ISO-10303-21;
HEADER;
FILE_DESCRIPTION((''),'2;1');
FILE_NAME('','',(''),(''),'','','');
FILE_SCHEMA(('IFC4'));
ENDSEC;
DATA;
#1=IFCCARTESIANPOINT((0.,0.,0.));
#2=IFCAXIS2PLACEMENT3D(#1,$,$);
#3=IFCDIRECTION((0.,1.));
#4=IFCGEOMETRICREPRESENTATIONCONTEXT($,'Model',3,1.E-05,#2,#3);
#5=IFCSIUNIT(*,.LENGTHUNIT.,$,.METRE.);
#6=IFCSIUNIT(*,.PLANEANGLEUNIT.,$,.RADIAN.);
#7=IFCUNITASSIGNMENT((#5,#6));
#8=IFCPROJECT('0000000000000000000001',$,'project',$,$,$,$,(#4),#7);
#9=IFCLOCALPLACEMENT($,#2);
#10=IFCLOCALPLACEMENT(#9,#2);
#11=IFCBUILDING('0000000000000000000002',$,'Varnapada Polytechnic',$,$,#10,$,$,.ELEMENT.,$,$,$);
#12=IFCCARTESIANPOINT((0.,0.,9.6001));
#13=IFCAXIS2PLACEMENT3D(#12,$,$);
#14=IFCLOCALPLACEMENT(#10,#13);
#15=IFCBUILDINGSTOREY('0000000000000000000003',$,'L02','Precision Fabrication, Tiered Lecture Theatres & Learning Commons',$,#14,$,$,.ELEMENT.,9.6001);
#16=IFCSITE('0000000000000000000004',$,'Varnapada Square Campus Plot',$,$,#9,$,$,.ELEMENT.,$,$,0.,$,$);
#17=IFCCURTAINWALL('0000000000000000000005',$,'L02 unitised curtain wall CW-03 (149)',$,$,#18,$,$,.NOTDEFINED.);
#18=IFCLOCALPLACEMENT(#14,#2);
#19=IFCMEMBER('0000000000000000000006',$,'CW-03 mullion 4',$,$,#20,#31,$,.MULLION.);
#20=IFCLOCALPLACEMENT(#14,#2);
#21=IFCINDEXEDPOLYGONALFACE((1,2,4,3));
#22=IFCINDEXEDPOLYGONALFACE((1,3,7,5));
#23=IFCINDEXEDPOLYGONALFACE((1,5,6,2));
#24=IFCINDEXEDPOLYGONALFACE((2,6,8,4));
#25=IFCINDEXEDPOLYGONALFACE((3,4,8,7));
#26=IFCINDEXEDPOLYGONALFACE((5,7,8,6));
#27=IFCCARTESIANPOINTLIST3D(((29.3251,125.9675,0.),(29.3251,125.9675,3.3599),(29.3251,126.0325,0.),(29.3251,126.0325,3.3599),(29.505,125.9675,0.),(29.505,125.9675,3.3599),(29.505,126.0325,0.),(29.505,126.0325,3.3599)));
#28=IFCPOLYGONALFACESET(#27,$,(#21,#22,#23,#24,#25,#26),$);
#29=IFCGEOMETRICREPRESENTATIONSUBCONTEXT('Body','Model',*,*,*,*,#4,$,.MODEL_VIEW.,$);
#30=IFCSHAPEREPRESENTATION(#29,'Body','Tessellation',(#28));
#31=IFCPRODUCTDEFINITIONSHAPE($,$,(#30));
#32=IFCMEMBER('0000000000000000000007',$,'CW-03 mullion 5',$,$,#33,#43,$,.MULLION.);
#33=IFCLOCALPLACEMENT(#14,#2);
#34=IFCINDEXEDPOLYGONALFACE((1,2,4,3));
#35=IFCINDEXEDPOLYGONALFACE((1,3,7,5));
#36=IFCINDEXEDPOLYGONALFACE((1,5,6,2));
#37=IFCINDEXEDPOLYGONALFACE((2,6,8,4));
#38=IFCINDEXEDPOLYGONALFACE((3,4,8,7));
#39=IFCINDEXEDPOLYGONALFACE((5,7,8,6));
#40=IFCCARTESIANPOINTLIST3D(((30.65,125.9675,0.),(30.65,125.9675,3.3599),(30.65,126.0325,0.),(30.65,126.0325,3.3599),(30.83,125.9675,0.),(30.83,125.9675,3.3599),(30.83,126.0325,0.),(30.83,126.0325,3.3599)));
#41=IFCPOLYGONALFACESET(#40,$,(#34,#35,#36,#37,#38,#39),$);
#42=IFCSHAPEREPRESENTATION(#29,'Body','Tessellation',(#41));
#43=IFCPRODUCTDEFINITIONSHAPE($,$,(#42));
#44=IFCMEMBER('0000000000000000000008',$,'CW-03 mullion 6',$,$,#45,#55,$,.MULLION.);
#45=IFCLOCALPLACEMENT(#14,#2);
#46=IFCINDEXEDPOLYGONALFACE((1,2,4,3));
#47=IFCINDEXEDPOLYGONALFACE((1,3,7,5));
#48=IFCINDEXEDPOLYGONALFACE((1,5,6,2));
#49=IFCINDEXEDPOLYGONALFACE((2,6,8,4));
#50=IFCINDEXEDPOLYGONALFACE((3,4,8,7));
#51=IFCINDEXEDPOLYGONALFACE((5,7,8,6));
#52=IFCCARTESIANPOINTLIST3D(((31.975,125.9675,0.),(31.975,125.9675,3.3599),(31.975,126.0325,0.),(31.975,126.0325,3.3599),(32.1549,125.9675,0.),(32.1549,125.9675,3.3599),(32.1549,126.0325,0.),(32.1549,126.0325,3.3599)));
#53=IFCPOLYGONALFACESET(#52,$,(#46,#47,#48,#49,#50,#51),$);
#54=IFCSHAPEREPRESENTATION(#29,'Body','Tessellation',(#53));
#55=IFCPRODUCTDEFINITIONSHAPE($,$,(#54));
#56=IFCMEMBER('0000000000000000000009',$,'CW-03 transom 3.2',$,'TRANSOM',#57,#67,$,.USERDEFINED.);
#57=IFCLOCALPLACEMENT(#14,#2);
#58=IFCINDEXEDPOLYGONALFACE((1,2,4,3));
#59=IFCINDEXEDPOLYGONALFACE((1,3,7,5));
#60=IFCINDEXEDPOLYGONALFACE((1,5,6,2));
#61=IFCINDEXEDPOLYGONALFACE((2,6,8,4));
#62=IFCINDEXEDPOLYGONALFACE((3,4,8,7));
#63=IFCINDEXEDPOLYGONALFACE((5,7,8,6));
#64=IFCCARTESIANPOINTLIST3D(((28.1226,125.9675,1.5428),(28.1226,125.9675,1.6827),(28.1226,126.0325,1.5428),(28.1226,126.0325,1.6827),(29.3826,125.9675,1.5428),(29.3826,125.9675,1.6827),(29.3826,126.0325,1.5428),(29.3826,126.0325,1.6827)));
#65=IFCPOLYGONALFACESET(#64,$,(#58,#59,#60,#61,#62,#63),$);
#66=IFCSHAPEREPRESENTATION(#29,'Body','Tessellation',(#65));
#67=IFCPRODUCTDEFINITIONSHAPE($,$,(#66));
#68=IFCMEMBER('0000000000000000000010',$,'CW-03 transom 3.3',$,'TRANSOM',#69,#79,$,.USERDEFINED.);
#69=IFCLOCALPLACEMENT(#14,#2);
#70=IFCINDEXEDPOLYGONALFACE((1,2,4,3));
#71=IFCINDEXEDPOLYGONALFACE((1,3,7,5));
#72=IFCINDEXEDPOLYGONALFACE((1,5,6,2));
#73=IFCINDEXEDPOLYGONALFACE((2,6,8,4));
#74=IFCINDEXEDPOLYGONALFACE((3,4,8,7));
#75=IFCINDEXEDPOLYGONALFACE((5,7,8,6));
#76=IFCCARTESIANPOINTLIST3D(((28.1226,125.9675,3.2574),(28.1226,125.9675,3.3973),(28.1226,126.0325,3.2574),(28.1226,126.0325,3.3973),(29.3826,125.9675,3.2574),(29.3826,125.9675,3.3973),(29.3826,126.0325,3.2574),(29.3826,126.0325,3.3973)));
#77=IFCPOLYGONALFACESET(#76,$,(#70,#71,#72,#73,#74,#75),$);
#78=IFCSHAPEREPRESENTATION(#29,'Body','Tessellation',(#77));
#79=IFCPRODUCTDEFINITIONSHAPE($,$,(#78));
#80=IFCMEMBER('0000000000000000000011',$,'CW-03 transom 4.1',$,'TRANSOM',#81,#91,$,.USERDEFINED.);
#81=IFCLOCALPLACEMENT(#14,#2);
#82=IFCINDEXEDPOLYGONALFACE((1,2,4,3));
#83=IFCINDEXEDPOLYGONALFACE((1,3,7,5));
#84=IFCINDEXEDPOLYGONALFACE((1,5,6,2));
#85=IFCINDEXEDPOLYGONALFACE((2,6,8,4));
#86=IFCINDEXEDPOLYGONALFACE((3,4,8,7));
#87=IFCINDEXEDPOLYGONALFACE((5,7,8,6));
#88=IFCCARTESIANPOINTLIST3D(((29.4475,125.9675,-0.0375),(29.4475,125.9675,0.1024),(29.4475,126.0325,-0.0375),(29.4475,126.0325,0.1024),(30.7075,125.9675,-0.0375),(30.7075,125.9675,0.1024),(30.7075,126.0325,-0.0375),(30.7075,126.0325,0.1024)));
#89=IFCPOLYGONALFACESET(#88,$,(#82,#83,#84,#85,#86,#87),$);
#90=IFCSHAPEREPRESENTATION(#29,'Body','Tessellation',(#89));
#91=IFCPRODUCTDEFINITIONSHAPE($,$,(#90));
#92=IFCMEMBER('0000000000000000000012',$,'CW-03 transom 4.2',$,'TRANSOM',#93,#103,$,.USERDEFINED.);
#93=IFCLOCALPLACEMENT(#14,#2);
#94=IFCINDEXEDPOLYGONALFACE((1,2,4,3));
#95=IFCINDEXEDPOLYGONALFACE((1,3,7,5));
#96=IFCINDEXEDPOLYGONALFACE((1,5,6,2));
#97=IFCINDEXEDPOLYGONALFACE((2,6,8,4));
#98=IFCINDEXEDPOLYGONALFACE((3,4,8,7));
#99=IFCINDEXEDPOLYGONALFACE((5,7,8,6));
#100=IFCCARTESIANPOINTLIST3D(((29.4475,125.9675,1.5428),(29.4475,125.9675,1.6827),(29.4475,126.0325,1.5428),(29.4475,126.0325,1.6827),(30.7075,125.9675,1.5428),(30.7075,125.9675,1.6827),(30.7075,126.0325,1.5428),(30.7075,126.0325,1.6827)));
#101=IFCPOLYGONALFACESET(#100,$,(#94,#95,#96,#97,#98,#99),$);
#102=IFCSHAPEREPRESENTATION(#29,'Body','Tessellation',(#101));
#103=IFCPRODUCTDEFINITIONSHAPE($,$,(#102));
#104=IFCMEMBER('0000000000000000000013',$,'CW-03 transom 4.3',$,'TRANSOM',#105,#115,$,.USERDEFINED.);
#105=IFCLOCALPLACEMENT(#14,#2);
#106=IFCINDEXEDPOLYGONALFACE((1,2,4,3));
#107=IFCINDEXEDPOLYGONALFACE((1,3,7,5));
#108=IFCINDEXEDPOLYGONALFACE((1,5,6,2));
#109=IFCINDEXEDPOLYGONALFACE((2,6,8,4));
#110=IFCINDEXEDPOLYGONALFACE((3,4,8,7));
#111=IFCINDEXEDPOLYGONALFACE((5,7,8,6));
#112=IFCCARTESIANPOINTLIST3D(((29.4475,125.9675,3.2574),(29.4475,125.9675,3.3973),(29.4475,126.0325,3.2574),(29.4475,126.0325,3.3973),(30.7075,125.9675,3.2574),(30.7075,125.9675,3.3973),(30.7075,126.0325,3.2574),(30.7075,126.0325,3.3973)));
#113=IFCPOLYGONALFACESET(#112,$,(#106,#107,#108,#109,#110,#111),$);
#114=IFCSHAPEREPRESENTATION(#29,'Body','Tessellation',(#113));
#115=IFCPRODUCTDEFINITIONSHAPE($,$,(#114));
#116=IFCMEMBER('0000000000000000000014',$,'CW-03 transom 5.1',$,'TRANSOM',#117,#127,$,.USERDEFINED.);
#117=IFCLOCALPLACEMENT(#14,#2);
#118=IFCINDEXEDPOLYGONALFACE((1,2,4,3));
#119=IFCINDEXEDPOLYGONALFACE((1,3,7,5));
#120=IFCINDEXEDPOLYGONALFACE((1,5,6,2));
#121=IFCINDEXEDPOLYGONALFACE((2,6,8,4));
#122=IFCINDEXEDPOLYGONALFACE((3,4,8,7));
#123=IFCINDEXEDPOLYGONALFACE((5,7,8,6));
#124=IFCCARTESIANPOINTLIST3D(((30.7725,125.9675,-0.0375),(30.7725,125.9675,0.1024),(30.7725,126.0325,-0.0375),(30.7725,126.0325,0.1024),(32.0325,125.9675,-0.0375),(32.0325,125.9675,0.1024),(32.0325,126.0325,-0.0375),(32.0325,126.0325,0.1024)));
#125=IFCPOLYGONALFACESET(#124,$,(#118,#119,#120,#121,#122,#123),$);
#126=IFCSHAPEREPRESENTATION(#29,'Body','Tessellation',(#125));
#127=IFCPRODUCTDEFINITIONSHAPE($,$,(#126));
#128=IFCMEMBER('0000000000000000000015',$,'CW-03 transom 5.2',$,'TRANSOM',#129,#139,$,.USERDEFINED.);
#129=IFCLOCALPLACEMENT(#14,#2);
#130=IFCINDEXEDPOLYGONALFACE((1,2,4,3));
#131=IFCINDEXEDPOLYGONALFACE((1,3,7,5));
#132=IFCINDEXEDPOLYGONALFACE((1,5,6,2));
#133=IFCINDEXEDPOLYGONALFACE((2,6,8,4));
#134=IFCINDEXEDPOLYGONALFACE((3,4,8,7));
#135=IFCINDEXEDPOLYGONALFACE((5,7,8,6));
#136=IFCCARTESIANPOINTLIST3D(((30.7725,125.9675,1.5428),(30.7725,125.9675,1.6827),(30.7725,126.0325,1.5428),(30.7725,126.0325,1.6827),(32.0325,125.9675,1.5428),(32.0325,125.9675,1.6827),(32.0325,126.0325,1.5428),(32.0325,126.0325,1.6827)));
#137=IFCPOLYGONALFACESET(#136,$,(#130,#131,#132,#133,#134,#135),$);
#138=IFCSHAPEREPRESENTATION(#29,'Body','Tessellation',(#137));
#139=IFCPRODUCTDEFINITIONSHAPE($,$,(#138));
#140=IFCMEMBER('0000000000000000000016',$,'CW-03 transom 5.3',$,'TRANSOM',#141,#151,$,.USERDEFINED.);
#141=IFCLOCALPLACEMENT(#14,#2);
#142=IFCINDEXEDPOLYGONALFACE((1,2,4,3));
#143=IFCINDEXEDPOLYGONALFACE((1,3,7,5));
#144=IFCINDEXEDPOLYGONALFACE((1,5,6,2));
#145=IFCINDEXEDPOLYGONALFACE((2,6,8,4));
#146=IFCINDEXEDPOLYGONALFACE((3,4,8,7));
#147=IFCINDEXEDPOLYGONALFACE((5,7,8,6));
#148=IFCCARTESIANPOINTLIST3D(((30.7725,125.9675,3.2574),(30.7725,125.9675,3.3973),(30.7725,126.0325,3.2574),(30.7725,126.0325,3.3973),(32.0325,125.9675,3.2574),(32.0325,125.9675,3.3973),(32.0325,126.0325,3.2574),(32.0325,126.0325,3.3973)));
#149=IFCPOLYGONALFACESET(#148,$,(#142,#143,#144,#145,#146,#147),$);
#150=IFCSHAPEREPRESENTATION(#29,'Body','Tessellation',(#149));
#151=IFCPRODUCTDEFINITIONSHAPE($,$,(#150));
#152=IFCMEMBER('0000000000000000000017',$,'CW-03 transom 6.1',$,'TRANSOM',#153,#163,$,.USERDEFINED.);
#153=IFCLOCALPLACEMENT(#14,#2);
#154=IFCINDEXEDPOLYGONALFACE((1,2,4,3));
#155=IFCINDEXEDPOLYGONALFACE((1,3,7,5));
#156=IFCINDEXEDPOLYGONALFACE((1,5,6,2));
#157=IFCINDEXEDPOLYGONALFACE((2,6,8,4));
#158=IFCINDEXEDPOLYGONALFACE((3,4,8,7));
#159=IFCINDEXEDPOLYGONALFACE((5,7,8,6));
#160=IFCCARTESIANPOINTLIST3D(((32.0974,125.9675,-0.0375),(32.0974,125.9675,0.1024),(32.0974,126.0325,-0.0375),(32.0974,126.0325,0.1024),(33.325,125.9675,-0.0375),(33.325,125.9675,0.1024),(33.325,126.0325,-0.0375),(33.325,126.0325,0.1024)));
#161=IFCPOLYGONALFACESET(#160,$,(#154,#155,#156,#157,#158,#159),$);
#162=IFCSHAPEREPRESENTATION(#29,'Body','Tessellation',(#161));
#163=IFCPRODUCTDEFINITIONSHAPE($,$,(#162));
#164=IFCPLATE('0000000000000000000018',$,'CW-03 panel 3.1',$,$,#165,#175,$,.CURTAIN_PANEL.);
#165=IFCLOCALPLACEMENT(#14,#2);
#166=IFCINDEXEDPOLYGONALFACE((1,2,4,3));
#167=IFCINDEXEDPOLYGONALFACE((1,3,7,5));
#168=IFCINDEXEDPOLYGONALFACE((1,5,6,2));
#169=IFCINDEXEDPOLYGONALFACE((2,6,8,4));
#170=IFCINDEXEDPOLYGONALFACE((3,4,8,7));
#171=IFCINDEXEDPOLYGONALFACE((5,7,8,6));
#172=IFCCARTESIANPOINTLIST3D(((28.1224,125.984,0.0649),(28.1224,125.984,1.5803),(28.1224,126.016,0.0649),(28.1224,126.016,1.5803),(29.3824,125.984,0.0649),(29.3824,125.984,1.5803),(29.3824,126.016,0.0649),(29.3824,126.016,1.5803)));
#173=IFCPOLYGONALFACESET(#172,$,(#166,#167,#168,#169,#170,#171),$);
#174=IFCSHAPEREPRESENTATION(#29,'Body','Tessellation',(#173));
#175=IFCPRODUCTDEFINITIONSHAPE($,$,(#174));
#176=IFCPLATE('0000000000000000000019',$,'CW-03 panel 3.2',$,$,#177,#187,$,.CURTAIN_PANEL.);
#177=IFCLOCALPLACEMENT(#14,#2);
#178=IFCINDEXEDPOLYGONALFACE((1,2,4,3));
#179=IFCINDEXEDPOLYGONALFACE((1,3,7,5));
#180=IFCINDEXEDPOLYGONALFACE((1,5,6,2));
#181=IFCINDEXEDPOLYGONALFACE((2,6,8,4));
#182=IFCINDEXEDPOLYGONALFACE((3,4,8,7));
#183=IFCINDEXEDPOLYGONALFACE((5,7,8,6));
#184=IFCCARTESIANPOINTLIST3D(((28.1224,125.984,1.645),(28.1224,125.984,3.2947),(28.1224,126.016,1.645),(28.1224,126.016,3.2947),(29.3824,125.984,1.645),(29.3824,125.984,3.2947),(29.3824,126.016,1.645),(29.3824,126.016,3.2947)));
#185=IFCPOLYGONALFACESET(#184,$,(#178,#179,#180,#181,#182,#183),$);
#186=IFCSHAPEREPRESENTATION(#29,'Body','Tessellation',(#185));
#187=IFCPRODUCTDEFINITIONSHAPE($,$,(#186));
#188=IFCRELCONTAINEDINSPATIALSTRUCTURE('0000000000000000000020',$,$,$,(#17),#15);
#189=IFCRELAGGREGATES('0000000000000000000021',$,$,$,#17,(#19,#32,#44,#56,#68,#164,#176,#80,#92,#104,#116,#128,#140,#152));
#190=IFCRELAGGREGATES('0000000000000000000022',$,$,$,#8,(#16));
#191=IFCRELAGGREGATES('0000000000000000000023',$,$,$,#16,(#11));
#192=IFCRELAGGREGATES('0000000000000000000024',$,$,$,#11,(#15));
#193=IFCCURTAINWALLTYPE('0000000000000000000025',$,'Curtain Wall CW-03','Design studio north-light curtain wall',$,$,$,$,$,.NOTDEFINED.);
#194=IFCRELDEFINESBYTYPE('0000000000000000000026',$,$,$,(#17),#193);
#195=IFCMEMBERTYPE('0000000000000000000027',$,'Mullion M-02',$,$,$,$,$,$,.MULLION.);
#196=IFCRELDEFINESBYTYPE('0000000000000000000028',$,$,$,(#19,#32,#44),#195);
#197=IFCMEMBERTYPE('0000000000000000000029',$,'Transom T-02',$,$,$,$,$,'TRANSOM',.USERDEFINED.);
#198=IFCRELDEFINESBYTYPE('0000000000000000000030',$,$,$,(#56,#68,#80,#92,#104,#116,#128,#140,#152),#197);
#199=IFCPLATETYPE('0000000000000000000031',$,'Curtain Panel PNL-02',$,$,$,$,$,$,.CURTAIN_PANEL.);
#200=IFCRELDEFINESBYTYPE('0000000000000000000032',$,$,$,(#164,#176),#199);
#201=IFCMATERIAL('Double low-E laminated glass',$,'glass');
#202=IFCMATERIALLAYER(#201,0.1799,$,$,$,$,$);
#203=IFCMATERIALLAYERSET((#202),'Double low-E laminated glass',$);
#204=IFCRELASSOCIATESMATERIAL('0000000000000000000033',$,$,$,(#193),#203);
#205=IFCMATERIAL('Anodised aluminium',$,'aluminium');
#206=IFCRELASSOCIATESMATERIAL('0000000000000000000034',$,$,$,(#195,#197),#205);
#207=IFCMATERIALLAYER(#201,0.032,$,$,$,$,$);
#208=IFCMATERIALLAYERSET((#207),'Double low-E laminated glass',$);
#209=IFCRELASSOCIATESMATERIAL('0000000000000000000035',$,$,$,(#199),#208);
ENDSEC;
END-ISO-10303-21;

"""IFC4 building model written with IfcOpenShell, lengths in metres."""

from ifc_helpers import new_model, si_unit, direction, frame, origin, origin_2d, place, context, subcontext, project, spatial, rectangle, extrude, material, layer, layer_set, material_profile, profile_set, type_object, element, aggregate, save


model = new_model("IFC4")

# Units and contexts
model_context = context("Model", 3, precision=1e-05, world=origin(), true_north=direction((0.0, 1.0)))
body_context = subcontext(model_context, "Body", "Model", "MODEL_VIEW")
ifc_project = project(units=[si_unit("LENGTHUNIT", "METRE"), si_unit("PLANEANGLEUNIT", "RADIAN")], contexts=[model_context])

# Site, building, storey
site_placement = place(None, origin())
site = spatial("IfcSite", under=ifc_project, at=site_placement, Name="Varnapada Square Campus Plot", CompositionType="ELEMENT", RefElevation=0.0)
building_placement = place(site_placement, origin())
building = spatial("IfcBuilding", under=site, at=building_placement, Name="Varnapada Polytechnic", CompositionType="ELEMENT")
storey_placement = place(building_placement, frame((0.0, 0.0, 9.6001)))
storey = spatial("IfcBuildingStorey", under=building, at=storey_placement, Name="L02", Description="Precision Fabrication, Tiered Lecture Theatres & Learning Commons", CompositionType="ELEMENT", Elevation=9.6001)

# Curtain wall, members, plates
ifc_material_1 = material(Name="Double low-E laminated glass", Category="glass")
ifc_layer_1 = layer(ifc_material_1, 0.1799)
ifc_layer_set_1 = layer_set([ifc_layer_1], Name="Double low-E laminated glass")
curtain_wall_type = type_object("IfcCurtainWallType", Name="Curtain Wall CW-03", Description="Design studio north-light curtain wall", PredefinedType="NOTDEFINED", material=ifc_layer_set_1)
curtain_wall_placement = place(storey_placement, origin())
curtain_wall = element("IfcCurtainWall", 1, at=curtain_wall_placement, inside=storey, type_object=curtain_wall_type, Name="L02 unitised curtain wall CW-03 (149)", PredefinedType="NOTDEFINED")
ifc_material_2 = material(Name="Anodised aluminium", Category="aluminium")
ifc_material_profile_1 = material_profile(ifc_material_2, rectangle(XDim=0.0649, YDim=0.1799, at=origin_2d()), Name="ALU M65x180")
ifc_profile_set_1 = profile_set([ifc_material_profile_1], Name="Anodised aluminium")
member_type_1 = type_object("IfcMemberType", Name="Mullion M-02", PredefinedType="MULLION", material=ifc_profile_set_1)
member_1_placement = place(storey_placement, frame((29.415, 126.0, 0.0), z_axis=(0.0, 0.0, 1.0), x_axis=(0.0, 1.0, 0.0)))
member_1 = element("IfcMember", 2, at=member_1_placement, type_object=member_type_1, Name="CW-03 mullion 4", PredefinedType="MULLION", context=body_context, shape_type="SweptSolid", body=[
    extrude(rectangle(XDim=0.0649, YDim=0.1799, at=origin_2d()), origin(), (0.0, 0.0, 1.0), 3.3599),
])
member_2_placement = place(storey_placement, frame((30.74, 126.0, 0.0), z_axis=(0.0, 0.0, 1.0), x_axis=(0.0, 1.0, 0.0)))
member_2 = element("IfcMember", 3, at=member_2_placement, type_object=member_type_1, Name="CW-03 mullion 5", PredefinedType="MULLION", context=body_context, shape_type="SweptSolid", body=[
    extrude(rectangle(XDim=0.0649, YDim=0.1799, at=origin_2d()), origin(), (0.0, 0.0, 1.0), 3.3599),
])
member_3_placement = place(storey_placement, frame((32.0649, 126.0, 0.0), z_axis=(0.0, 0.0, 1.0), x_axis=(0.0, 1.0, 0.0)))
member_3 = element("IfcMember", 4, at=member_3_placement, type_object=member_type_1, Name="CW-03 mullion 6", PredefinedType="MULLION", context=body_context, shape_type="SweptSolid", body=[
    extrude(rectangle(XDim=0.0649, YDim=0.1799, at=origin_2d()), origin(), (0.0, 0.0, 1.0), 3.3599),
])
ifc_material_profile_2 = material_profile(ifc_material_2, rectangle(XDim=0.0649, YDim=0.1399, at=origin_2d()), Name="ALU T65x140")
ifc_profile_set_2 = profile_set([ifc_material_profile_2], Name="Anodised aluminium")
member_type_2 = type_object("IfcMemberType", Name="Transom T-02", ElementType="TRANSOM", PredefinedType="USERDEFINED", material=ifc_profile_set_2)
member_4_placement = place(storey_placement, frame((28.1226, 126.0, 1.6128), z_axis=(1.0, 0.0, 0.0), x_axis=(0.0, 1.0, 0.0)))
member_4 = element("IfcMember", 5, at=member_4_placement, type_object=member_type_2, Name="CW-03 transom 3.2", ObjectType="TRANSOM", PredefinedType="USERDEFINED", context=body_context, shape_type="SweptSolid", body=[
    extrude(rectangle(XDim=0.0649, YDim=0.1399, at=origin_2d()), origin(), (0.0, 0.0, 1.0), 1.26),
])
member_5_placement = place(storey_placement, frame((28.1226, 126.0, 3.3274), z_axis=(1.0, 0.0, 0.0), x_axis=(0.0, 1.0, 0.0)))
member_5 = element("IfcMember", 6, at=member_5_placement, type_object=member_type_2, Name="CW-03 transom 3.3", ObjectType="TRANSOM", PredefinedType="USERDEFINED", context=body_context, shape_type="SweptSolid", body=[
    extrude(rectangle(XDim=0.0649, YDim=0.1399, at=origin_2d()), origin(), (0.0, 0.0, 1.0), 1.26),
])
member_6_placement = place(storey_placement, frame((29.4475, 126.0, 0.0325), z_axis=(1.0, 0.0, 0.0), x_axis=(0.0, 1.0, 0.0)))
member_6 = element("IfcMember", 7, at=member_6_placement, type_object=member_type_2, Name="CW-03 transom 4.1", ObjectType="TRANSOM", PredefinedType="USERDEFINED", context=body_context, shape_type="SweptSolid", body=[
    extrude(rectangle(XDim=0.0649, YDim=0.1399, at=origin_2d()), origin(), (0.0, 0.0, 1.0), 1.26),
])
member_7_placement = place(storey_placement, frame((29.4475, 126.0, 1.6128), z_axis=(1.0, 0.0, 0.0), x_axis=(0.0, 1.0, 0.0)))
member_7 = element("IfcMember", 8, at=member_7_placement, type_object=member_type_2, Name="CW-03 transom 4.2", ObjectType="TRANSOM", PredefinedType="USERDEFINED", context=body_context, shape_type="SweptSolid", body=[
    extrude(rectangle(XDim=0.0649, YDim=0.1399, at=origin_2d()), origin(), (0.0, 0.0, 1.0), 1.26),
])
member_8_placement = place(storey_placement, frame((29.4475, 126.0, 3.3274), z_axis=(1.0, 0.0, 0.0), x_axis=(0.0, 1.0, 0.0)))
member_8 = element("IfcMember", 9, at=member_8_placement, type_object=member_type_2, Name="CW-03 transom 4.3", ObjectType="TRANSOM", PredefinedType="USERDEFINED", context=body_context, shape_type="SweptSolid", body=[
    extrude(rectangle(XDim=0.0649, YDim=0.1399, at=origin_2d()), origin(), (0.0, 0.0, 1.0), 1.26),
])
member_9_placement = place(storey_placement, frame((30.7725, 126.0, 0.0325), z_axis=(1.0, 0.0, 0.0), x_axis=(0.0, 1.0, 0.0)))
member_9 = element("IfcMember", 10, at=member_9_placement, type_object=member_type_2, Name="CW-03 transom 5.1", ObjectType="TRANSOM", PredefinedType="USERDEFINED", context=body_context, shape_type="SweptSolid", body=[
    extrude(rectangle(XDim=0.0649, YDim=0.1399, at=origin_2d()), origin(), (0.0, 0.0, 1.0), 1.26),
])
member_10_placement = place(storey_placement, frame((30.7725, 126.0, 1.6128), z_axis=(1.0, 0.0, 0.0), x_axis=(0.0, 1.0, 0.0)))
member_10 = element("IfcMember", 11, at=member_10_placement, type_object=member_type_2, Name="CW-03 transom 5.2", ObjectType="TRANSOM", PredefinedType="USERDEFINED", context=body_context, shape_type="SweptSolid", body=[
    extrude(rectangle(XDim=0.0649, YDim=0.1399, at=origin_2d()), origin(), (0.0, 0.0, 1.0), 1.26),
])
member_11_placement = place(storey_placement, frame((30.7725, 126.0, 3.3274), z_axis=(1.0, 0.0, 0.0), x_axis=(0.0, 1.0, 0.0)))
member_11 = element("IfcMember", 12, at=member_11_placement, type_object=member_type_2, Name="CW-03 transom 5.3", ObjectType="TRANSOM", PredefinedType="USERDEFINED", context=body_context, shape_type="SweptSolid", body=[
    extrude(rectangle(XDim=0.0649, YDim=0.1399, at=origin_2d()), origin(), (0.0, 0.0, 1.0), 1.26),
])
member_12_placement = place(storey_placement, frame((32.0974, 126.0, 0.0325), z_axis=(1.0, 0.0, 0.0), x_axis=(0.0, 1.0, 0.0)))
member_12 = element("IfcMember", 13, at=member_12_placement, type_object=member_type_2, Name="CW-03 transom 6.1", ObjectType="TRANSOM", PredefinedType="USERDEFINED", context=body_context, shape_type="SweptSolid", body=[
    extrude(rectangle(XDim=0.0649, YDim=0.1399, at=origin_2d()), origin(), (0.0, 0.0, 1.0), 1.2275),
])
ifc_layer_2 = layer(ifc_material_1, 0.032)
ifc_layer_set_2 = layer_set([ifc_layer_2], Name="Double low-E laminated glass")
plate_type = type_object("IfcPlateType", Name="Curtain Panel PNL-02", PredefinedType="CURTAIN_PANEL", material=ifc_layer_set_2)
plate_1_placement = place(storey_placement, frame((28.7524, 126.0, 0.0649), z_axis=(0.0, 0.0, 1.0), x_axis=(1.0, 0.0, 0.0)))
plate_1 = element("IfcPlate", 14, at=plate_1_placement, type_object=plate_type, Name="CW-03 panel 3.1", PredefinedType="CURTAIN_PANEL", context=body_context, shape_type="SweptSolid", body=[
    extrude(rectangle(XDim=1.26, YDim=0.032, at=origin_2d()), origin(), (0.0, 0.0, 1.0), 1.5154),
])
plate_2_placement = place(storey_placement, frame((28.7524, 126.0, 1.645), z_axis=(0.0, 0.0, 1.0), x_axis=(1.0, 0.0, 0.0)))
plate_2 = element("IfcPlate", 15, at=plate_2_placement, type_object=plate_type, Name="CW-03 panel 3.2", PredefinedType="CURTAIN_PANEL", context=body_context, shape_type="SweptSolid", body=[
    extrude(rectangle(XDim=1.26, YDim=0.032, at=origin_2d()), origin(), (0.0, 0.0, 1.0), 1.6497),
])
aggregate(curtain_wall, [member_1, member_2, member_3, member_4, member_5, plate_1, plate_2, member_6, member_7, member_8, member_9, member_10, member_11, member_12])

save(model, "model.ifc")
